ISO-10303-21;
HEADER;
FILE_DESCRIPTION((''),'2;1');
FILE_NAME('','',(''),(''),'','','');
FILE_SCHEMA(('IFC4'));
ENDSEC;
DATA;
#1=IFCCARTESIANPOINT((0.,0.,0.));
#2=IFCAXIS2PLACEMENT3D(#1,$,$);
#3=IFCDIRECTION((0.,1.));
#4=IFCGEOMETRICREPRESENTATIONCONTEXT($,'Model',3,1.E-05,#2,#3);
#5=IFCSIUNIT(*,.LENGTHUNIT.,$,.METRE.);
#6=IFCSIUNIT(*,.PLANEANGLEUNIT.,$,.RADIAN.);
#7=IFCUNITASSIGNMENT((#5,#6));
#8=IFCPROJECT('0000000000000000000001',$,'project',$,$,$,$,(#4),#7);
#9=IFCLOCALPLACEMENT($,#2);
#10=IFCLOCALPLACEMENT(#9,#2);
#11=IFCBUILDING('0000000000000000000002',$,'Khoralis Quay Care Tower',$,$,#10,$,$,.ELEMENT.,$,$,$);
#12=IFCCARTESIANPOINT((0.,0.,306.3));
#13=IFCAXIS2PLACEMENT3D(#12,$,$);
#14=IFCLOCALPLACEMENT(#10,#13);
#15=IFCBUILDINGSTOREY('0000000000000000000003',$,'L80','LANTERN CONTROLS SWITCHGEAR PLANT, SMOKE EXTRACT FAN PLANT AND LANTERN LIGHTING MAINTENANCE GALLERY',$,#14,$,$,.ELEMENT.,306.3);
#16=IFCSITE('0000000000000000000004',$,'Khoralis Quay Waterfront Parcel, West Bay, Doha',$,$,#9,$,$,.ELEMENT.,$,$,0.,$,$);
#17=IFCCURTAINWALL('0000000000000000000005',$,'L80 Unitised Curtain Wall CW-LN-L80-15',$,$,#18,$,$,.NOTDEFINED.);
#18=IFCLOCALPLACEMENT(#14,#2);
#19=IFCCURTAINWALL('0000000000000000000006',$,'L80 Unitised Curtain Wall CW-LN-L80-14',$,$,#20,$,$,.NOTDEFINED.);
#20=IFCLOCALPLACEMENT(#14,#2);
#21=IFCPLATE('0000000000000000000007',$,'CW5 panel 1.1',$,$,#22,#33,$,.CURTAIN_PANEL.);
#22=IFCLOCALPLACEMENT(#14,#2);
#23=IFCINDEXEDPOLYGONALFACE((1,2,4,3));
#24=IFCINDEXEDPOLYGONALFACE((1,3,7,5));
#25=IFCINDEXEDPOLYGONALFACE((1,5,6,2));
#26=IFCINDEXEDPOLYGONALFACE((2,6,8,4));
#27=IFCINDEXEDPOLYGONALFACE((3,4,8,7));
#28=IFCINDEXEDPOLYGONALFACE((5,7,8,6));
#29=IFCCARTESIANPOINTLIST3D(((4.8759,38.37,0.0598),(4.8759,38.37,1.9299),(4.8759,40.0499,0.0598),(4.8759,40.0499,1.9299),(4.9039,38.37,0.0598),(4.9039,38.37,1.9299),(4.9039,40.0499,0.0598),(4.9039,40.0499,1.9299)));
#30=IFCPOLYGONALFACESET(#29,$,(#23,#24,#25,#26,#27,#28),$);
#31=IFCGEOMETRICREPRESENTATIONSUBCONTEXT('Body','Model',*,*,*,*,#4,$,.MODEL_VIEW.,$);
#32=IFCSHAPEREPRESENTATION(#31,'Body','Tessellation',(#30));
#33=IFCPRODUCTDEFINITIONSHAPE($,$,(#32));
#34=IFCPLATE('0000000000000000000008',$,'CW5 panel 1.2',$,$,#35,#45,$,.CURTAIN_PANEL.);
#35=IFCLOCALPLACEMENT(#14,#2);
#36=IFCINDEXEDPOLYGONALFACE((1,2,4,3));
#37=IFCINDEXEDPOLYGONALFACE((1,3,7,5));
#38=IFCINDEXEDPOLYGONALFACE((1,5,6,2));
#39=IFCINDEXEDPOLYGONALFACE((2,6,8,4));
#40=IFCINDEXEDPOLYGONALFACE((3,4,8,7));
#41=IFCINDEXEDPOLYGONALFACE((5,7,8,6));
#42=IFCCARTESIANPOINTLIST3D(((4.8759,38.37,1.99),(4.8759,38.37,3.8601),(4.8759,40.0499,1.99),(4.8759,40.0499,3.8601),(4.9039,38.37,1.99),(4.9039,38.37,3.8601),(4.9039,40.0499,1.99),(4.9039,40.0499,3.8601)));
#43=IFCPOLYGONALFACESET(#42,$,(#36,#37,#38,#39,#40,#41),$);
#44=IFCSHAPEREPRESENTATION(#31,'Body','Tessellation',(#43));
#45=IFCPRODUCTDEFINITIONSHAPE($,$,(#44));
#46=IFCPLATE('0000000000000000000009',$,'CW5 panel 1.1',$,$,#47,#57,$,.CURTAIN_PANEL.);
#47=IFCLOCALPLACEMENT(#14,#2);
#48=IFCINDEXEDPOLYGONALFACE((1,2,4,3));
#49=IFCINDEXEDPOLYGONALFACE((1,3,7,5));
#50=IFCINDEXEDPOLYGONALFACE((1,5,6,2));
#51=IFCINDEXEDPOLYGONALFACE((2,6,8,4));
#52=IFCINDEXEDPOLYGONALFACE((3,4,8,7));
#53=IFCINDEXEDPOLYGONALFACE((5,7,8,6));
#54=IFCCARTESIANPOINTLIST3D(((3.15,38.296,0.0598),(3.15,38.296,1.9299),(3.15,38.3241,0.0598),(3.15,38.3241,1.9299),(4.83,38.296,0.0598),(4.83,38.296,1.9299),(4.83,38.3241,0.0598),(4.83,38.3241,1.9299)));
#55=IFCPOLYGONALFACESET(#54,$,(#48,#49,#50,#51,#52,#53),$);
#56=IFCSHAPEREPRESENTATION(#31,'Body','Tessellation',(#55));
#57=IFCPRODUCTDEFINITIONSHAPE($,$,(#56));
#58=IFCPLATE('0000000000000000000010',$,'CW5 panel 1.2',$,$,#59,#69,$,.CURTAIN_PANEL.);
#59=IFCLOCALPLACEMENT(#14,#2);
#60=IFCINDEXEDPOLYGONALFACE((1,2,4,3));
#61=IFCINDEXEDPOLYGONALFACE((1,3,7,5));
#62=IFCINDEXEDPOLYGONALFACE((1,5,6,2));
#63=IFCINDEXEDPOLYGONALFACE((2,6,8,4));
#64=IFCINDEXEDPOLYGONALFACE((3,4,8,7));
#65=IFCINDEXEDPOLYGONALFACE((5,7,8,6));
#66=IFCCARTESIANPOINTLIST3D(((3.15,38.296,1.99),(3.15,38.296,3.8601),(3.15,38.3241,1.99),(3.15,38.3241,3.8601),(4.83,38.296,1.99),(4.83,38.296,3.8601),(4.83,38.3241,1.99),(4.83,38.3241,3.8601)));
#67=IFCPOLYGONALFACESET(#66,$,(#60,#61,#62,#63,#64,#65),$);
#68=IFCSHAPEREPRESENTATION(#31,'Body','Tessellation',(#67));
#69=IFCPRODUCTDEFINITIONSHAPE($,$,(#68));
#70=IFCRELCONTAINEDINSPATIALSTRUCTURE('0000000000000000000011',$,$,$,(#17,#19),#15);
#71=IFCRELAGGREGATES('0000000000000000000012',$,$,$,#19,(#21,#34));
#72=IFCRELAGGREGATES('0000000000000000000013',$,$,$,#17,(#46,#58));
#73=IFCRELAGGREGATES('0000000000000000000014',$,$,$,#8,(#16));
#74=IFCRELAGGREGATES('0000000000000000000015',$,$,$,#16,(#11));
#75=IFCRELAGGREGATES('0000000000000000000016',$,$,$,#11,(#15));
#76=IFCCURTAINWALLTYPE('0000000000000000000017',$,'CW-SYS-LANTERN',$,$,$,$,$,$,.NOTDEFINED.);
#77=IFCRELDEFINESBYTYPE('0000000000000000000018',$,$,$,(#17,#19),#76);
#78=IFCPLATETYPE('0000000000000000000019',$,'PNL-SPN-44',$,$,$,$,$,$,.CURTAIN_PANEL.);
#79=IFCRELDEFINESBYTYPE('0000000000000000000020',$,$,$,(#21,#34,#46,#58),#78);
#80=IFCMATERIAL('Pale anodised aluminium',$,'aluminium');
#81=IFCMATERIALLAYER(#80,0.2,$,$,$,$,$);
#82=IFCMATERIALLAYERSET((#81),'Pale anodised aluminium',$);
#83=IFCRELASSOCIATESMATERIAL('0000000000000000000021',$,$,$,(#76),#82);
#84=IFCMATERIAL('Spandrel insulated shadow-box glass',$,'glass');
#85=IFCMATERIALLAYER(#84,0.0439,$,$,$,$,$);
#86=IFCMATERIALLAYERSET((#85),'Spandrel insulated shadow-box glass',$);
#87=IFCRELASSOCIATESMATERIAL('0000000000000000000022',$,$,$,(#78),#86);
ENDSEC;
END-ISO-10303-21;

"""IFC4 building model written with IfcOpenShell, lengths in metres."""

from ifc_helpers import new_model, si_unit, direction, frame, origin, origin_2d, place, context, subcontext, project, spatial, rectangle, extrude, source, transform, mapped, material, layer, layer_set, type_object, element, aggregate, save


model = new_model("IFC4")

# Units and contexts
model_context = context("Model", 3, precision=1e-05, world=origin(), true_north=direction((0.0, 1.0)))
body_context = subcontext(model_context, "Body", "Model", "MODEL_VIEW")
ifc_project = project(units=[si_unit("LENGTHUNIT", "METRE"), si_unit("PLANEANGLEUNIT", "RADIAN")], contexts=[model_context])

# Site, building, storey
site_placement = place(None, origin())
site = spatial("IfcSite", under=ifc_project, at=site_placement, Name="Khoralis Quay Waterfront Parcel, West Bay, Doha", CompositionType="ELEMENT", RefElevation=0.0)
building_placement = place(site_placement, origin())
building = spatial("IfcBuilding", under=site, at=building_placement, Name="Khoralis Quay Care Tower", CompositionType="ELEMENT")
storey_placement = place(building_placement, frame((0.0, 0.0, 306.3)))
storey = spatial("IfcBuildingStorey", under=building, at=storey_placement, Name="L80", Description="LANTERN CONTROLS SWITCHGEAR PLANT, SMOKE EXTRACT FAN PLANT AND LANTERN LIGHTING MAINTENANCE GALLERY", CompositionType="ELEMENT", Elevation=306.3)

# Curtain walls
ifc_material_1 = material(Name="Pale anodised aluminium", Category="aluminium")
ifc_layer_1 = layer(ifc_material_1, 0.2)
ifc_layer_set_1 = layer_set([ifc_layer_1], Name="Pale anodised aluminium")
curtain_wall_type = type_object("IfcCurtainWallType", Name="CW-SYS-LANTERN", PredefinedType="NOTDEFINED", material=ifc_layer_set_1)
curtain_wall_1_placement = place(storey_placement, origin())
curtain_wall_1 = element("IfcCurtainWall", 1, at=curtain_wall_1_placement, inside=storey, type_object=curtain_wall_type, Name="L80 Unitised Curtain Wall CW-LN-L80-15", PredefinedType="NOTDEFINED")
curtain_wall_2_placement = place(storey_placement, origin())
curtain_wall_2 = element("IfcCurtainWall", 2, at=curtain_wall_2_placement, inside=storey, type_object=curtain_wall_type, Name="L80 Unitised Curtain Wall CW-LN-L80-14", PredefinedType="NOTDEFINED")

# Plates
ifc_material_2 = material(Name="Spandrel insulated shadow-box glass", Category="glass")
ifc_layer_2 = layer(ifc_material_2, 0.0439)
ifc_layer_set_2 = layer_set([ifc_layer_2], Name="Spandrel insulated shadow-box glass")
plate_type = type_object("IfcPlateType", Name="PNL-SPN-44", PredefinedType="CURTAIN_PANEL", material=ifc_layer_set_2)
shared_shape_1 = source(origin(), body_context, "Body", "SweptSolid", [
    extrude(rectangle(XDim=1.6799, YDim=0.0281, at=origin_2d()), origin(), (0.0, 0.0, 1.0), 1.8701),
])
plate_1_placement = place(storey_placement, frame((4.8899, 39.21, 0.0598), z_axis=(0.0, 0.0, 1.0), x_axis=(0.0, -1.0, 0.0)))
plate_1 = element("IfcPlate", 3, at=plate_1_placement, type_object=plate_type, Name="CW5 panel 1.1", PredefinedType="CURTAIN_PANEL", context=body_context, shape_type="MappedRepresentation", body=[
    mapped(shared_shape_1, transform((0.0, 0.0, 0.0), scale=1.0)),
])
plate_2_placement = place(storey_placement, frame((4.8899, 39.21, 1.99), z_axis=(0.0, 0.0, 1.0), x_axis=(0.0, -1.0, 0.0)))
plate_2 = element("IfcPlate", 4, at=plate_2_placement, type_object=plate_type, Name="CW5 panel 1.2", PredefinedType="CURTAIN_PANEL", context=body_context, shape_type="MappedRepresentation", body=[
    mapped(shared_shape_1, transform((0.0, 0.0, 0.0), scale=1.0)),
])
aggregate(curtain_wall_2, [plate_1, plate_2])
plate_3_placement = place(storey_placement, frame((3.99, 38.3101, 0.0598), z_axis=(0.0, 0.0, 1.0), x_axis=(-1.0, 0.0, 0.0)))
plate_3 = element("IfcPlate", 5, at=plate_3_placement, type_object=plate_type, Name="CW5 panel 1.1", PredefinedType="CURTAIN_PANEL", context=body_context, shape_type="MappedRepresentation", body=[
    mapped(shared_shape_1, transform((0.0, 0.0, 0.0), scale=1.0)),
])
plate_4_placement = place(storey_placement, frame((3.99, 38.3101, 1.99), z_axis=(0.0, 0.0, 1.0), x_axis=(-1.0, 0.0, 0.0)))
plate_4 = element("IfcPlate", 6, at=plate_4_placement, type_object=plate_type, Name="CW5 panel 1.2", PredefinedType="CURTAIN_PANEL", context=body_context, shape_type="MappedRepresentation", body=[
    mapped(shared_shape_1, transform((0.0, 0.0, 0.0), scale=1.0)),
])
aggregate(curtain_wall_1, [plate_3, plate_4])

save(model, "model.ifc")
